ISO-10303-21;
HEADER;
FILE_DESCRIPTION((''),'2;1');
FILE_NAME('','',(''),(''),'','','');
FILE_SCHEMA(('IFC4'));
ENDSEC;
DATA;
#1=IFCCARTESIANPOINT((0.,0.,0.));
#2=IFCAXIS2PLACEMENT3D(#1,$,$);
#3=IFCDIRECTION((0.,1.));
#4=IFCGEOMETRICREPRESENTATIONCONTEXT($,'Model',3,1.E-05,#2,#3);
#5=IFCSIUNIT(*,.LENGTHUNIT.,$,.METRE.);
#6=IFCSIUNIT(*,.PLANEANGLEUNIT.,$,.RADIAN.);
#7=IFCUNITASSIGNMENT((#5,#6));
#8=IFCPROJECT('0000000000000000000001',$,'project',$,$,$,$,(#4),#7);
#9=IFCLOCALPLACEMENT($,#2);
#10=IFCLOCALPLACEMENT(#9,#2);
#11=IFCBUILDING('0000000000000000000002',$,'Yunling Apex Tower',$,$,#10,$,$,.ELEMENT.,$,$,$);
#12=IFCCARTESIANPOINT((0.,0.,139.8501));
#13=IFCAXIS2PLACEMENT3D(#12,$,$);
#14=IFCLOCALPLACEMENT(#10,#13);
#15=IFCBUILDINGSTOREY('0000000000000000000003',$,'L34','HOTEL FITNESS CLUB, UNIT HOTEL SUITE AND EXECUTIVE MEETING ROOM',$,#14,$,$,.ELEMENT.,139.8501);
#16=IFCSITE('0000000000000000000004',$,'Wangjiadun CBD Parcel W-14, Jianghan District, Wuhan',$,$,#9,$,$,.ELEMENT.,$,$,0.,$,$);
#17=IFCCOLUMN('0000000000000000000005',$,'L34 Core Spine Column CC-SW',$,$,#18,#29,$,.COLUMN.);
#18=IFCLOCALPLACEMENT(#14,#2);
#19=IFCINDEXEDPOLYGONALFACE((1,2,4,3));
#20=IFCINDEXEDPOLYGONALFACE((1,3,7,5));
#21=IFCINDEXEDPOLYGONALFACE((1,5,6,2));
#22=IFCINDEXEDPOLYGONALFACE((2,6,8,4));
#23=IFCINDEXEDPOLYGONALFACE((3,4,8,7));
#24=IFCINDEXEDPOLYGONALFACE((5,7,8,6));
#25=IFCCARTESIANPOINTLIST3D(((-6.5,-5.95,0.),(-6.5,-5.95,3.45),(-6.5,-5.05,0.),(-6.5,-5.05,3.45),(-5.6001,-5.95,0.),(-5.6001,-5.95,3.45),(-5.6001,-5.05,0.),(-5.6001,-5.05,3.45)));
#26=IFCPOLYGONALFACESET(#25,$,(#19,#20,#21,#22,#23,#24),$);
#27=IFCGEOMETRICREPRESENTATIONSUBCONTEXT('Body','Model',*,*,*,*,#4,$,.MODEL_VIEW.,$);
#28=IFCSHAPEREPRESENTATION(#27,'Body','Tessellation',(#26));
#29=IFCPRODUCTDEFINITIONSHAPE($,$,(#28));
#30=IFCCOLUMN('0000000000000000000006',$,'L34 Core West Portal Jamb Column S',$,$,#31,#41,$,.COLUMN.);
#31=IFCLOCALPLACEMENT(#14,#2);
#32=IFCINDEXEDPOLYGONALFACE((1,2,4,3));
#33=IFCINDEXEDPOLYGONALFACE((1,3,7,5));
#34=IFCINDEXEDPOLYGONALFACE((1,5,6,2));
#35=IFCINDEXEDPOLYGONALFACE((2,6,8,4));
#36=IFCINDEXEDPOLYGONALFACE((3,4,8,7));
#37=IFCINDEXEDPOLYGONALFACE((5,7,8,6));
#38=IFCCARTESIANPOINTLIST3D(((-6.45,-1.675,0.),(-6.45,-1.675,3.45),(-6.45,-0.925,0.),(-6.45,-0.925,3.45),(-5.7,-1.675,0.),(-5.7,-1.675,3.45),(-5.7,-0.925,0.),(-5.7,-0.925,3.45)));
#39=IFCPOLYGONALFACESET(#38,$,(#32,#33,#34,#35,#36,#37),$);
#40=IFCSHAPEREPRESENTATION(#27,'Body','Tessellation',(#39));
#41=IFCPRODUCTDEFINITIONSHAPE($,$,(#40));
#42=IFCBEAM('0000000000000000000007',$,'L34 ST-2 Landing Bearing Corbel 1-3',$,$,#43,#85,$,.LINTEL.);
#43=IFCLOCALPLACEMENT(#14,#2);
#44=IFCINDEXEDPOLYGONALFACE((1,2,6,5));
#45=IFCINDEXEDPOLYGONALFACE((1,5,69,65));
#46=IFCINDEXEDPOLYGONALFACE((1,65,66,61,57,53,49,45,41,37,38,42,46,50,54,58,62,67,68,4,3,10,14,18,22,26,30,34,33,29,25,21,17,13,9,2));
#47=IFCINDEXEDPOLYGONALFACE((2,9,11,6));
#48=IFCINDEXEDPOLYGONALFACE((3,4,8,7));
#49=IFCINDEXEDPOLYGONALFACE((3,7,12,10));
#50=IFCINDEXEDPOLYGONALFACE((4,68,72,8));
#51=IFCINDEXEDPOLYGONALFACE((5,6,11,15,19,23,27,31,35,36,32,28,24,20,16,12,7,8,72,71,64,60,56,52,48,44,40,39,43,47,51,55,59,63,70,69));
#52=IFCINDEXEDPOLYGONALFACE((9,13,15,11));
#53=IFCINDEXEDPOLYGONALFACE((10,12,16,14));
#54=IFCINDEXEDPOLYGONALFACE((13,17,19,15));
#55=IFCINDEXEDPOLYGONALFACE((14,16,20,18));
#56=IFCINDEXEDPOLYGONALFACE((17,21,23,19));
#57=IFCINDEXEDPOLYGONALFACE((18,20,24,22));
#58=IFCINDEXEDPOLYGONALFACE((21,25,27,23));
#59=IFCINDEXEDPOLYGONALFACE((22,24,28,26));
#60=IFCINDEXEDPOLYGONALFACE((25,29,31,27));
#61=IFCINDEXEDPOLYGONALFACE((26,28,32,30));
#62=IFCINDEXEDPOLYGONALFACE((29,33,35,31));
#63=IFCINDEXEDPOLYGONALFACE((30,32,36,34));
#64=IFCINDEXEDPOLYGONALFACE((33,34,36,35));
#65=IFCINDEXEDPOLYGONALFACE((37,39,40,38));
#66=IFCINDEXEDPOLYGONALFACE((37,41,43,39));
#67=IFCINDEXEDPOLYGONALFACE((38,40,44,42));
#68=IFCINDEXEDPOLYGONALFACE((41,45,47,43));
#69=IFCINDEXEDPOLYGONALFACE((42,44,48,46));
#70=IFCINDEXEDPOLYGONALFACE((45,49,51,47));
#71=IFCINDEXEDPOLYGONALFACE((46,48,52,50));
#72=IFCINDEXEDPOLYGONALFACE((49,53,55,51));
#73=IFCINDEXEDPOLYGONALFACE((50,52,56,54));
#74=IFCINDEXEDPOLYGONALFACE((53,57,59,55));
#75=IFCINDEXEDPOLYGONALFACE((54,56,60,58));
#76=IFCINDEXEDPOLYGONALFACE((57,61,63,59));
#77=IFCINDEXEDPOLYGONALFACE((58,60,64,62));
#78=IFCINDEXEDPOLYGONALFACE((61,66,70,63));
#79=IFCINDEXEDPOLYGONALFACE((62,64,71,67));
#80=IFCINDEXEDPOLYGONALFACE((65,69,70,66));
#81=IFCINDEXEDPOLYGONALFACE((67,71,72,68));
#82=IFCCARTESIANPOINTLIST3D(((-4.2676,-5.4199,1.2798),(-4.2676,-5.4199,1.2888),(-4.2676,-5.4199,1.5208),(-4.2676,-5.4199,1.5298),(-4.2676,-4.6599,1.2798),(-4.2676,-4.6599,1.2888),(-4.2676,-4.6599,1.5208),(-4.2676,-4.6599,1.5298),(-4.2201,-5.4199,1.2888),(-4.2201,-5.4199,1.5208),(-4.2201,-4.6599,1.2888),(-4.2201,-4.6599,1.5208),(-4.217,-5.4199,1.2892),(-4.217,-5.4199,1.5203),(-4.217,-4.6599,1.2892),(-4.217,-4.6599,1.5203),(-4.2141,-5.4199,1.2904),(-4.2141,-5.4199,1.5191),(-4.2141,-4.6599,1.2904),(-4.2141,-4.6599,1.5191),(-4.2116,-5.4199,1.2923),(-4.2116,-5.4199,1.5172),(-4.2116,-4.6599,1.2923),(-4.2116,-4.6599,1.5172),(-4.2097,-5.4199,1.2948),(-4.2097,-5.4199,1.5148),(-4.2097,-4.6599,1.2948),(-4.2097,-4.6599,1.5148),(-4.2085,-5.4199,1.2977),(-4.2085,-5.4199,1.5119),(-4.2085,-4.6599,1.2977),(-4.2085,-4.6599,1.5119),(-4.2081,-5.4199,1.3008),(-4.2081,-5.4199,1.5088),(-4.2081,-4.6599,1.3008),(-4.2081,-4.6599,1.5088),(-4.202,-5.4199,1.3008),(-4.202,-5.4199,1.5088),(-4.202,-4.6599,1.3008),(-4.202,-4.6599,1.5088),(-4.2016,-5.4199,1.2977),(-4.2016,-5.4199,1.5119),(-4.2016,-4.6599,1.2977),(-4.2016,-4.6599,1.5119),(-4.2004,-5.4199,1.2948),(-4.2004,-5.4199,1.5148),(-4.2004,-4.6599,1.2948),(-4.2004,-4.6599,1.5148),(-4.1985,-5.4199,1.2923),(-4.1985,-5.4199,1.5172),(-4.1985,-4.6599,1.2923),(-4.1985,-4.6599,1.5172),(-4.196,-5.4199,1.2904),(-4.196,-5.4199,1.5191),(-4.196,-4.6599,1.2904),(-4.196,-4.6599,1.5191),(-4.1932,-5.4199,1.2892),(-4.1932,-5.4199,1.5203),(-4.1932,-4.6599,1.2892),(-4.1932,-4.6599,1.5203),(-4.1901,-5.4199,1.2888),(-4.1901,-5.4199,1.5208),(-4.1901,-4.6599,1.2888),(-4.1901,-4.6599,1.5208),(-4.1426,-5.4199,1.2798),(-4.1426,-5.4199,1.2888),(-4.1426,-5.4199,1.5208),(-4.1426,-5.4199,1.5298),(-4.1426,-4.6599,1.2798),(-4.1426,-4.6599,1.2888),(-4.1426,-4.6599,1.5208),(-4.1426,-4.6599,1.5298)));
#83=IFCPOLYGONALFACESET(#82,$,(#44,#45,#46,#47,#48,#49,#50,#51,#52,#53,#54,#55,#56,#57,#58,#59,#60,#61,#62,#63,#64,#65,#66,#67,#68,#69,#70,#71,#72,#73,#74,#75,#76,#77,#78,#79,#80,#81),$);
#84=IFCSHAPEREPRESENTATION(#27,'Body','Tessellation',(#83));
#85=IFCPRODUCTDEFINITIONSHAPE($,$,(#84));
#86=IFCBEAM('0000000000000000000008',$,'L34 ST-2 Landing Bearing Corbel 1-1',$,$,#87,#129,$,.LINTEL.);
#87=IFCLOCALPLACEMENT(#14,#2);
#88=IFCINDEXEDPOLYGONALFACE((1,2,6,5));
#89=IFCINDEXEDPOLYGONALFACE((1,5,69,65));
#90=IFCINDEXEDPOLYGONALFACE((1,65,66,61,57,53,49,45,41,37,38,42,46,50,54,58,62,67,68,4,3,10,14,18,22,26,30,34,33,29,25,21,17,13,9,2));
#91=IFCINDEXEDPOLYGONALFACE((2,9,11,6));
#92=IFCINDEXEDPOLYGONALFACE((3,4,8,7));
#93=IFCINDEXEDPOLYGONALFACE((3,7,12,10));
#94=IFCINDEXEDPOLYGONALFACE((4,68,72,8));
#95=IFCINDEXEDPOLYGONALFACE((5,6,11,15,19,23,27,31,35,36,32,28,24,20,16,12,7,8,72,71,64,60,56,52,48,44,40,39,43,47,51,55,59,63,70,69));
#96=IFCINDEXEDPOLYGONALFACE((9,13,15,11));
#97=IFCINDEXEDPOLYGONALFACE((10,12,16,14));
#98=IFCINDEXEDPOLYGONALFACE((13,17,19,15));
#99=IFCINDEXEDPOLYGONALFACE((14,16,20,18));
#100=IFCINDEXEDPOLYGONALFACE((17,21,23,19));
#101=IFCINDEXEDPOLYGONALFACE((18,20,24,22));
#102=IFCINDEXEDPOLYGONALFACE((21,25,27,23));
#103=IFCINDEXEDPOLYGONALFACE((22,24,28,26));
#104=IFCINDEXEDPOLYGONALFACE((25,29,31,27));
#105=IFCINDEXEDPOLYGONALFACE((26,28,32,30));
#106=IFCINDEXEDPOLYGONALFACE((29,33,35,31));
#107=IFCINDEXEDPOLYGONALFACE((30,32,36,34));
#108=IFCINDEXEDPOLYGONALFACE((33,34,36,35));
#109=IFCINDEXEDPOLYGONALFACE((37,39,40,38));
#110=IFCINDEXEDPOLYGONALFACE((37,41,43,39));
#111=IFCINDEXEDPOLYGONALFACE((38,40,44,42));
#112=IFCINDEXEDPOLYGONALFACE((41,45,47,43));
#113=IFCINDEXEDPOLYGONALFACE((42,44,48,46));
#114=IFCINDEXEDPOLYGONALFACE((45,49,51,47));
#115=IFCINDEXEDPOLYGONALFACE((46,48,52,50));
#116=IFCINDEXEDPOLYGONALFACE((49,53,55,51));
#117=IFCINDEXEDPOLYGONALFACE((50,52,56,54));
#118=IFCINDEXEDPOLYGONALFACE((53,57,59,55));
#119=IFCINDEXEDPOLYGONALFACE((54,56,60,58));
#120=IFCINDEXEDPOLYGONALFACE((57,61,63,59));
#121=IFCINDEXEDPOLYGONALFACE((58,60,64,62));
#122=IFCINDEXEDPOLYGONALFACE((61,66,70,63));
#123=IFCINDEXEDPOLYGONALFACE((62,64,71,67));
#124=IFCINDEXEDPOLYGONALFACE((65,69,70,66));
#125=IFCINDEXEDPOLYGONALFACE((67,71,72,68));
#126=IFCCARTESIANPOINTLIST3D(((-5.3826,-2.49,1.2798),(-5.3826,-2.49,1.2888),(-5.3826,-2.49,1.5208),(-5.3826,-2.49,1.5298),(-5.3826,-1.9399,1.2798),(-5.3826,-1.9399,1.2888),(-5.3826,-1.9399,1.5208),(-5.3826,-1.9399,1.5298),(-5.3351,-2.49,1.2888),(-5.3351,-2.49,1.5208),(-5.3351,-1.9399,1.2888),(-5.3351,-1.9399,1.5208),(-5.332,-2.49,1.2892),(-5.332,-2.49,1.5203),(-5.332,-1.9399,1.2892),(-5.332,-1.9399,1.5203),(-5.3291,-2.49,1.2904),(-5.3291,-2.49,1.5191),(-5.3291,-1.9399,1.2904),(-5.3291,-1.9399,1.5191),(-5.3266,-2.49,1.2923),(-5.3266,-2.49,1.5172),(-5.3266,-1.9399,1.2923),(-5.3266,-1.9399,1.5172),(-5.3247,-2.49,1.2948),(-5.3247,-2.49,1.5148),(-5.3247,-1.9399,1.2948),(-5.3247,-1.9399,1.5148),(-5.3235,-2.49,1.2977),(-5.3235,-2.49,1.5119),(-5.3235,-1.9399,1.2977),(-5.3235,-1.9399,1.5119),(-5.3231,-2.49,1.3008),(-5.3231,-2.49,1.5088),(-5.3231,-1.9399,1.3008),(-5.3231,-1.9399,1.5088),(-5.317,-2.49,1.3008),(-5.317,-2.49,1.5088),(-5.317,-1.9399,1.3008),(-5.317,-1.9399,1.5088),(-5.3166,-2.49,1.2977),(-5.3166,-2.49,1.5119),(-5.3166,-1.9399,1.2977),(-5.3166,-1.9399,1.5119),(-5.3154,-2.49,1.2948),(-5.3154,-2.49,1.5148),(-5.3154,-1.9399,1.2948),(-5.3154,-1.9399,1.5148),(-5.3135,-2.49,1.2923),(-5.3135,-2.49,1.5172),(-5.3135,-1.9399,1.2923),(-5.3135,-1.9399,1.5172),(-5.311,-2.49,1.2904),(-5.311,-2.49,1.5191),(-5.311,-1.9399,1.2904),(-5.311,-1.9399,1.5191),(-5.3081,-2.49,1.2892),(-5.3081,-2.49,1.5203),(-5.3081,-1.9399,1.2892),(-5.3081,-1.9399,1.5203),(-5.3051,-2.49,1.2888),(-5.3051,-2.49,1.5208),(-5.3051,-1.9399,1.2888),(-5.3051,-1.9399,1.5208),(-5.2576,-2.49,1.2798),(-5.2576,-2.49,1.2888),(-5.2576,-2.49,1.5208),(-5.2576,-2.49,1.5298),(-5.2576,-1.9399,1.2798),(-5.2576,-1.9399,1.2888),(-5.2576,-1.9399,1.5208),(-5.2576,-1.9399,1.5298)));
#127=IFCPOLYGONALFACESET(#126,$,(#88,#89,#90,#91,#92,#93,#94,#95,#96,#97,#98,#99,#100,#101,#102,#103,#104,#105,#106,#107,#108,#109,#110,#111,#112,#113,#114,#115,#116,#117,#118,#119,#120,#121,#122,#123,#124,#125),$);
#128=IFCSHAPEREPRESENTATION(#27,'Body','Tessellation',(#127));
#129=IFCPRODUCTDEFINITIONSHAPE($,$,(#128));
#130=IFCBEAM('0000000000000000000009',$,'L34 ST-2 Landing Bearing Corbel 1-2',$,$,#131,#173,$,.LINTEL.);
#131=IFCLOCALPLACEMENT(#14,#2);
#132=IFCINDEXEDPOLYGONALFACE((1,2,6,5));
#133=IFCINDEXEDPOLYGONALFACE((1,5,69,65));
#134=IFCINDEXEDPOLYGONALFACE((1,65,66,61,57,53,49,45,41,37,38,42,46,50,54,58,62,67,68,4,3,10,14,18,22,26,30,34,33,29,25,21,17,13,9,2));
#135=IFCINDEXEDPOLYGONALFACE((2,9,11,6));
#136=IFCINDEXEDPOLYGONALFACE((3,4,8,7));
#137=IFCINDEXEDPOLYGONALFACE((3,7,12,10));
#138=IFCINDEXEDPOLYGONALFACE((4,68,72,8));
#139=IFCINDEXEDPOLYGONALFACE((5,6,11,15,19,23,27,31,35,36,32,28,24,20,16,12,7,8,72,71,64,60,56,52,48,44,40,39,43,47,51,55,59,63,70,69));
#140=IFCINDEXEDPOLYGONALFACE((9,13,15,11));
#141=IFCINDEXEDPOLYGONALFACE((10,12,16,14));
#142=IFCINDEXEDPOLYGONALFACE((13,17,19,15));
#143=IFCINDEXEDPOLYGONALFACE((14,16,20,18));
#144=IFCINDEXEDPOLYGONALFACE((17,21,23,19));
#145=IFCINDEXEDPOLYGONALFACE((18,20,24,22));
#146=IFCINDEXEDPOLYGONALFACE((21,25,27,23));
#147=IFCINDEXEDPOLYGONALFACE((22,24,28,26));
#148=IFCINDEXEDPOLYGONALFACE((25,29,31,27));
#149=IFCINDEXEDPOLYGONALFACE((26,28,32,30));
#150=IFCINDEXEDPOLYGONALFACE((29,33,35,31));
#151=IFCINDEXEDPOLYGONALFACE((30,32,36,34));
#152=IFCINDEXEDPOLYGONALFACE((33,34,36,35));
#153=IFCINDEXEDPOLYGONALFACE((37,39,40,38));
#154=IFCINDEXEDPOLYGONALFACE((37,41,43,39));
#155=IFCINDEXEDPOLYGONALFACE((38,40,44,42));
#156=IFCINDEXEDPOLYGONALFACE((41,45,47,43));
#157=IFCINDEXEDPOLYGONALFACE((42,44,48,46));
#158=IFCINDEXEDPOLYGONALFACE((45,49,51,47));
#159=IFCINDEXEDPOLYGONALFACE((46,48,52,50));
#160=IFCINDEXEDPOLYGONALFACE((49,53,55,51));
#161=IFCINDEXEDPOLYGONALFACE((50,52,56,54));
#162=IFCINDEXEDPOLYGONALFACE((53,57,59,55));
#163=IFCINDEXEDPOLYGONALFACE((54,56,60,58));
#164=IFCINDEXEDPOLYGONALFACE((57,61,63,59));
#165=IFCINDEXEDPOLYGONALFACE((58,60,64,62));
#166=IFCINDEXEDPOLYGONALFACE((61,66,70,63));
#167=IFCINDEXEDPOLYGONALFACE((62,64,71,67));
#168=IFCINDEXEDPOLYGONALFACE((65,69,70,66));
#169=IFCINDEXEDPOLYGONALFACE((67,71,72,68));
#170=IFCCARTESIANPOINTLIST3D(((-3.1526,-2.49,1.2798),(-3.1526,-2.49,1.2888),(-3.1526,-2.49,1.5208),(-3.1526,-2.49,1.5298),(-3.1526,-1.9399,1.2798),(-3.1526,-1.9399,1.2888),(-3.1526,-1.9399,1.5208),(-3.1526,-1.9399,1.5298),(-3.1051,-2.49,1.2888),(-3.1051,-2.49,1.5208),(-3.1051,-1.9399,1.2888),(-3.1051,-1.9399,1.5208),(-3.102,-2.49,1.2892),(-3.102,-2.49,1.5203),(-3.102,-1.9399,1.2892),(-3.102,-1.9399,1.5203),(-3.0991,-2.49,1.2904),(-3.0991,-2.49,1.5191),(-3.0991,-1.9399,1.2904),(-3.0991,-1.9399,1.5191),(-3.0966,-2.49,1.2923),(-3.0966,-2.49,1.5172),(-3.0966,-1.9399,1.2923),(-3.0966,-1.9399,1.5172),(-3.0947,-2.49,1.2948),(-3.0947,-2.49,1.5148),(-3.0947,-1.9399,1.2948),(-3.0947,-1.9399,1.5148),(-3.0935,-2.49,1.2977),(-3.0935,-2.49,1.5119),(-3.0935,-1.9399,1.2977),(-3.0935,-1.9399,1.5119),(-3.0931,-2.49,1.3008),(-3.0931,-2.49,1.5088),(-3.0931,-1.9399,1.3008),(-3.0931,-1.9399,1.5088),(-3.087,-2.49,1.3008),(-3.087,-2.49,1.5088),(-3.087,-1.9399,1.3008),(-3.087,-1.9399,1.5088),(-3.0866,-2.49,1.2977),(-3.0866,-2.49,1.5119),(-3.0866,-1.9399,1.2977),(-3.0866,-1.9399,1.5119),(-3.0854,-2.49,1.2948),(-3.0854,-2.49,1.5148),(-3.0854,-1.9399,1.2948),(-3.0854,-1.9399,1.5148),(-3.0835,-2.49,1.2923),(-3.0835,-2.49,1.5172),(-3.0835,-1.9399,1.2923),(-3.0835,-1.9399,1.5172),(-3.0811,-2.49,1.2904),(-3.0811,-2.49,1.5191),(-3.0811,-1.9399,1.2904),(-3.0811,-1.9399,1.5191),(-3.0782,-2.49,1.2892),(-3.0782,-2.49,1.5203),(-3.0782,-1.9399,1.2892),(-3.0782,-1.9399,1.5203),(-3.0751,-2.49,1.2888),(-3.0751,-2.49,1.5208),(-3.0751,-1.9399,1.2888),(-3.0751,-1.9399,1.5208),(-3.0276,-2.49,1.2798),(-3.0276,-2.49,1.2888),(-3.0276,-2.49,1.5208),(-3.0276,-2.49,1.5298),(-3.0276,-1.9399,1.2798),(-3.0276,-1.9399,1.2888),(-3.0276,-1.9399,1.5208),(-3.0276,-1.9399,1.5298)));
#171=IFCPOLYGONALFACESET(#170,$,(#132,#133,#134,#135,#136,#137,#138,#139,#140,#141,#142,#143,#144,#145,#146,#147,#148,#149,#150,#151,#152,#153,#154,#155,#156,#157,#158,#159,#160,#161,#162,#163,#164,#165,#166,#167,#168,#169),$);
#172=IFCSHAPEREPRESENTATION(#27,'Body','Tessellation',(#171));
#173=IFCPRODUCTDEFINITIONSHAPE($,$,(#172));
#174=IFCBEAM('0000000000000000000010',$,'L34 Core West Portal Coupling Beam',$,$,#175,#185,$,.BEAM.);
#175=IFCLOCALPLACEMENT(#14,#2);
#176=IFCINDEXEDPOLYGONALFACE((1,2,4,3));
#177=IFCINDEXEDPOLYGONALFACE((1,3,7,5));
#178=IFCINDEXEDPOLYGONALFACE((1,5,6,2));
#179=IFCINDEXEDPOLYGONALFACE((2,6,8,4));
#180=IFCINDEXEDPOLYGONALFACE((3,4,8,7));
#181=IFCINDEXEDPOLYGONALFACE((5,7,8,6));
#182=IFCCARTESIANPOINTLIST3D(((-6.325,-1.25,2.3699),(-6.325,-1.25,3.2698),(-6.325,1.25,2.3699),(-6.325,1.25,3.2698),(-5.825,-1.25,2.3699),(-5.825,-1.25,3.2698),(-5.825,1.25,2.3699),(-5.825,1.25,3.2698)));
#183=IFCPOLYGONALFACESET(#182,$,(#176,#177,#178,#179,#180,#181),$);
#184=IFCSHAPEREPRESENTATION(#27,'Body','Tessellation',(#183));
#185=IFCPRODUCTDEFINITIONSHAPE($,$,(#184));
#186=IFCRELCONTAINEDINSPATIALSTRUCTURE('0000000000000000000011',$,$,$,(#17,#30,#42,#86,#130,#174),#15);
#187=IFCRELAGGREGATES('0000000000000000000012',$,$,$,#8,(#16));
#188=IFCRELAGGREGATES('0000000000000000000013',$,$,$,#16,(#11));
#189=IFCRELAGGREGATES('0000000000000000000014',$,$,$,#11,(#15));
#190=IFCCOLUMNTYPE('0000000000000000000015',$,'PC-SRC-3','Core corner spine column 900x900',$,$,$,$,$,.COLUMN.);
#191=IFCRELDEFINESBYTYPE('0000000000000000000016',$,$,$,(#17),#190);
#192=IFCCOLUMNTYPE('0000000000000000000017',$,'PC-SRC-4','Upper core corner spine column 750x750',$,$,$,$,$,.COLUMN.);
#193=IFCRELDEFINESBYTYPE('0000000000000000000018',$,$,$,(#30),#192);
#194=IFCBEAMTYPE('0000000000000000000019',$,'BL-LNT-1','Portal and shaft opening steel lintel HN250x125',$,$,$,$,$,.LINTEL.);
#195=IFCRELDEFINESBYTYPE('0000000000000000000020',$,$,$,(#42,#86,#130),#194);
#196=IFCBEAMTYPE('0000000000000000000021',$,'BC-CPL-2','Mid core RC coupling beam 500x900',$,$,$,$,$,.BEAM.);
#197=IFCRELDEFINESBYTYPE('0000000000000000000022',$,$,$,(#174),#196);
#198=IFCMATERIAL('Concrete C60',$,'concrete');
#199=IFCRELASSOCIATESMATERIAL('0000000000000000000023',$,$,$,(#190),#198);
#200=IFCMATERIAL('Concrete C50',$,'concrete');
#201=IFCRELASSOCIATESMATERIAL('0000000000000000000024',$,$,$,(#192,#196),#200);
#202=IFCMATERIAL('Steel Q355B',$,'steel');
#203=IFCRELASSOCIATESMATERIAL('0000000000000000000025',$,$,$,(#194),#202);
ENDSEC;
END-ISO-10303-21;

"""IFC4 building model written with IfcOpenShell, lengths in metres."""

from ifc_helpers import new_model, si_unit, direction, frame, origin, origin_2d, place, context, subcontext, project, spatial, rectangle, i_section, extrude, source, transform, mapped, material, material_profile, profile_set, type_object, element, save


model = new_model("IFC4")

# Units and contexts
model_context = context("Model", 3, precision=1e-05, world=origin(), true_north=direction((0.0, 1.0)))
body_context = subcontext(model_context, "Body", "Model", "MODEL_VIEW")
ifc_project = project(units=[si_unit("LENGTHUNIT", "METRE"), si_unit("PLANEANGLEUNIT", "RADIAN")], contexts=[model_context])

# Site, building, storey
site_placement = place(None, origin())
site = spatial("IfcSite", under=ifc_project, at=site_placement, Name="Wangjiadun CBD Parcel W-14, Jianghan District, Wuhan", CompositionType="ELEMENT", RefElevation=0.0)
building_placement = place(site_placement, origin())
building = spatial("IfcBuilding", under=site, at=building_placement, Name="Yunling Apex Tower", CompositionType="ELEMENT")
storey_placement = place(building_placement, frame((0.0, 0.0, 139.8501)))
storey = spatial("IfcBuildingStorey", under=building, at=storey_placement, Name="L34", Description="HOTEL FITNESS CLUB, UNIT HOTEL SUITE AND EXECUTIVE MEETING ROOM", CompositionType="ELEMENT", Elevation=139.8501)

# Columns
ifc_material_1 = material(Name="Concrete C60", Category="concrete")
ifc_material_profile_1 = material_profile(ifc_material_1, rectangle(XDim=0.8999, YDim=0.8999, at=origin_2d()))
ifc_profile_set_1 = profile_set([ifc_material_profile_1], Name="Concrete C60")
column_type_1 = type_object("IfcColumnType", Name="PC-SRC-3", Description="Core corner spine column 900x900", PredefinedType="COLUMN", material=ifc_profile_set_1)
shared_shape_1 = source(origin(), body_context, "Body", "SweptSolid", [
    extrude(rectangle(XDim=0.8999, YDim=0.8999, at=origin_2d()), origin(), (0.0, 0.0, 1.0), 3.45),
])
column_1_placement = place(storey_placement, frame((-6.05, -5.5, 0.0), z_axis=(0.0, 0.0, 1.0), x_axis=(1.0, 0.0, 0.0)))
element("IfcColumn", 1, at=column_1_placement, inside=storey, type_object=column_type_1, Name="L34 Core Spine Column CC-SW", PredefinedType="COLUMN", context=body_context, shape_type="MappedRepresentation", body=[
    mapped(shared_shape_1, transform((0.0, 0.0, 0.0), scale=1.0)),
])
ifc_material_2 = material(Name="Concrete C50", Category="concrete")
ifc_material_profile_2 = material_profile(ifc_material_2, rectangle(XDim=0.75, YDim=0.75, at=origin_2d()))
ifc_profile_set_2 = profile_set([ifc_material_profile_2], Name="Concrete C50")
column_type_2 = type_object("IfcColumnType", Name="PC-SRC-4", Description="Upper core corner spine column 750x750", PredefinedType="COLUMN", material=ifc_profile_set_2)
shared_shape_2 = source(origin(), body_context, "Body", "SweptSolid", [
    extrude(rectangle(XDim=0.75, YDim=0.75, at=origin_2d()), origin(), (0.0, 0.0, 1.0), 3.45),
])
column_2_placement = place(storey_placement, frame((-6.075, -1.3, 0.0), z_axis=(0.0, 0.0, 1.0), x_axis=(1.0, 0.0, 0.0)))
element("IfcColumn", 2, at=column_2_placement, inside=storey, type_object=column_type_2, Name="L34 Core West Portal Jamb Column S", PredefinedType="COLUMN", context=body_context, shape_type="MappedRepresentation", body=[
    mapped(shared_shape_2, transform((0.0, 0.0, 0.0), scale=1.0)),
])

# Beams
ifc_material_3 = material(Name="Steel Q355B", Category="steel")
ifc_material_profile_3 = material_profile(ifc_material_3, i_section(OverallWidth=0.125, OverallDepth=0.25, WebThickness=0.0061, FlangeThickness=0.009, FilletRadius=0.012, at=origin_2d()))
ifc_profile_set_3 = profile_set([ifc_material_profile_3], Name="Steel Q355B")
beam_type_1 = type_object("IfcBeamType", Name="BL-LNT-1", Description="Portal and shaft opening steel lintel HN250x125", PredefinedType="LINTEL", material=ifc_profile_set_3)
shared_shape_3 = source(origin(), body_context, "Body", "SweptSolid", [
    extrude(i_section(OverallWidth=0.125, OverallDepth=0.25, WebThickness=0.0061, FlangeThickness=0.009, FilletRadius=0.012, at=origin_2d()), origin(), (0.0, 0.0, 1.0), 0.76),
])
beam_1_placement = place(storey_placement, frame((-4.2051, -5.4199, 1.4048), z_axis=(0.0, 1.0, 0.0), x_axis=(-1.0, 0.0, 0.0)))
element("IfcBeam", 3, at=beam_1_placement, inside=storey, type_object=beam_type_1, Name="L34 ST-2 Landing Bearing Corbel 1-3", PredefinedType="LINTEL", context=body_context, shape_type="MappedRepresentation", body=[
    mapped(shared_shape_3, transform((0.0, 0.0, 0.0), scale=1.0)),
])
shared_shape_4 = source(origin(), body_context, "Body", "SweptSolid", [
    extrude(i_section(OverallWidth=0.125, OverallDepth=0.25, WebThickness=0.0061, FlangeThickness=0.009, FilletRadius=0.012, at=origin_2d()), origin(), (0.0, 0.0, 1.0), 0.55),
])
for number, where, z_axis, x_axis, name in (
    (4, (-5.3201, -1.9399, 1.4048), (0.0, -1.0, 0.0), (1.0, 0.0, 0.0), "L34 ST-2 Landing Bearing Corbel 1-1"),
    (5, (-3.0901, -1.9399, 1.4048), (0.0, -1.0, 0.0), (1.0, 0.0, 0.0), "L34 ST-2 Landing Bearing Corbel 1-2"),
):
    element("IfcBeam", number, at=place(storey_placement, frame(where, z_axis=z_axis, x_axis=x_axis)), inside=storey, type_object=beam_type_1, Name=name, PredefinedType="LINTEL", context=body_context, shape_type="MappedRepresentation", body=[
        mapped(shared_shape_4, transform((0.0, 0.0, 0.0), scale=1.0)),
    ])
ifc_material_profile_4 = material_profile(ifc_material_2, rectangle(XDim=0.5, YDim=0.8999, at=origin_2d()))
ifc_profile_set_4 = profile_set([ifc_material_profile_4], Name="Concrete C50")
beam_type_2 = type_object("IfcBeamType", Name="BC-CPL-2", Description="Mid core RC coupling beam 500x900", PredefinedType="BEAM", material=ifc_profile_set_4)
shared_shape_5 = source(origin(), body_context, "Body", "SweptSolid", [
    extrude(rectangle(XDim=0.5, YDim=0.8999, at=origin_2d()), origin(), (0.0, 0.0, 1.0), 2.5),
])
beam_2_placement = place(storey_placement, frame((-6.075, -1.25, 2.8198), z_axis=(0.0, 1.0, 0.0), x_axis=(-1.0, 0.0, 0.0)))
element("IfcBeam", 6, at=beam_2_placement, inside=storey, type_object=beam_type_2, Name="L34 Core West Portal Coupling Beam", PredefinedType="BEAM", context=body_context, shape_type="MappedRepresentation", body=[
    mapped(shared_shape_5, transform((0.0, 0.0, 0.0), scale=1.0)),
])

save(model, "model.ifc")
